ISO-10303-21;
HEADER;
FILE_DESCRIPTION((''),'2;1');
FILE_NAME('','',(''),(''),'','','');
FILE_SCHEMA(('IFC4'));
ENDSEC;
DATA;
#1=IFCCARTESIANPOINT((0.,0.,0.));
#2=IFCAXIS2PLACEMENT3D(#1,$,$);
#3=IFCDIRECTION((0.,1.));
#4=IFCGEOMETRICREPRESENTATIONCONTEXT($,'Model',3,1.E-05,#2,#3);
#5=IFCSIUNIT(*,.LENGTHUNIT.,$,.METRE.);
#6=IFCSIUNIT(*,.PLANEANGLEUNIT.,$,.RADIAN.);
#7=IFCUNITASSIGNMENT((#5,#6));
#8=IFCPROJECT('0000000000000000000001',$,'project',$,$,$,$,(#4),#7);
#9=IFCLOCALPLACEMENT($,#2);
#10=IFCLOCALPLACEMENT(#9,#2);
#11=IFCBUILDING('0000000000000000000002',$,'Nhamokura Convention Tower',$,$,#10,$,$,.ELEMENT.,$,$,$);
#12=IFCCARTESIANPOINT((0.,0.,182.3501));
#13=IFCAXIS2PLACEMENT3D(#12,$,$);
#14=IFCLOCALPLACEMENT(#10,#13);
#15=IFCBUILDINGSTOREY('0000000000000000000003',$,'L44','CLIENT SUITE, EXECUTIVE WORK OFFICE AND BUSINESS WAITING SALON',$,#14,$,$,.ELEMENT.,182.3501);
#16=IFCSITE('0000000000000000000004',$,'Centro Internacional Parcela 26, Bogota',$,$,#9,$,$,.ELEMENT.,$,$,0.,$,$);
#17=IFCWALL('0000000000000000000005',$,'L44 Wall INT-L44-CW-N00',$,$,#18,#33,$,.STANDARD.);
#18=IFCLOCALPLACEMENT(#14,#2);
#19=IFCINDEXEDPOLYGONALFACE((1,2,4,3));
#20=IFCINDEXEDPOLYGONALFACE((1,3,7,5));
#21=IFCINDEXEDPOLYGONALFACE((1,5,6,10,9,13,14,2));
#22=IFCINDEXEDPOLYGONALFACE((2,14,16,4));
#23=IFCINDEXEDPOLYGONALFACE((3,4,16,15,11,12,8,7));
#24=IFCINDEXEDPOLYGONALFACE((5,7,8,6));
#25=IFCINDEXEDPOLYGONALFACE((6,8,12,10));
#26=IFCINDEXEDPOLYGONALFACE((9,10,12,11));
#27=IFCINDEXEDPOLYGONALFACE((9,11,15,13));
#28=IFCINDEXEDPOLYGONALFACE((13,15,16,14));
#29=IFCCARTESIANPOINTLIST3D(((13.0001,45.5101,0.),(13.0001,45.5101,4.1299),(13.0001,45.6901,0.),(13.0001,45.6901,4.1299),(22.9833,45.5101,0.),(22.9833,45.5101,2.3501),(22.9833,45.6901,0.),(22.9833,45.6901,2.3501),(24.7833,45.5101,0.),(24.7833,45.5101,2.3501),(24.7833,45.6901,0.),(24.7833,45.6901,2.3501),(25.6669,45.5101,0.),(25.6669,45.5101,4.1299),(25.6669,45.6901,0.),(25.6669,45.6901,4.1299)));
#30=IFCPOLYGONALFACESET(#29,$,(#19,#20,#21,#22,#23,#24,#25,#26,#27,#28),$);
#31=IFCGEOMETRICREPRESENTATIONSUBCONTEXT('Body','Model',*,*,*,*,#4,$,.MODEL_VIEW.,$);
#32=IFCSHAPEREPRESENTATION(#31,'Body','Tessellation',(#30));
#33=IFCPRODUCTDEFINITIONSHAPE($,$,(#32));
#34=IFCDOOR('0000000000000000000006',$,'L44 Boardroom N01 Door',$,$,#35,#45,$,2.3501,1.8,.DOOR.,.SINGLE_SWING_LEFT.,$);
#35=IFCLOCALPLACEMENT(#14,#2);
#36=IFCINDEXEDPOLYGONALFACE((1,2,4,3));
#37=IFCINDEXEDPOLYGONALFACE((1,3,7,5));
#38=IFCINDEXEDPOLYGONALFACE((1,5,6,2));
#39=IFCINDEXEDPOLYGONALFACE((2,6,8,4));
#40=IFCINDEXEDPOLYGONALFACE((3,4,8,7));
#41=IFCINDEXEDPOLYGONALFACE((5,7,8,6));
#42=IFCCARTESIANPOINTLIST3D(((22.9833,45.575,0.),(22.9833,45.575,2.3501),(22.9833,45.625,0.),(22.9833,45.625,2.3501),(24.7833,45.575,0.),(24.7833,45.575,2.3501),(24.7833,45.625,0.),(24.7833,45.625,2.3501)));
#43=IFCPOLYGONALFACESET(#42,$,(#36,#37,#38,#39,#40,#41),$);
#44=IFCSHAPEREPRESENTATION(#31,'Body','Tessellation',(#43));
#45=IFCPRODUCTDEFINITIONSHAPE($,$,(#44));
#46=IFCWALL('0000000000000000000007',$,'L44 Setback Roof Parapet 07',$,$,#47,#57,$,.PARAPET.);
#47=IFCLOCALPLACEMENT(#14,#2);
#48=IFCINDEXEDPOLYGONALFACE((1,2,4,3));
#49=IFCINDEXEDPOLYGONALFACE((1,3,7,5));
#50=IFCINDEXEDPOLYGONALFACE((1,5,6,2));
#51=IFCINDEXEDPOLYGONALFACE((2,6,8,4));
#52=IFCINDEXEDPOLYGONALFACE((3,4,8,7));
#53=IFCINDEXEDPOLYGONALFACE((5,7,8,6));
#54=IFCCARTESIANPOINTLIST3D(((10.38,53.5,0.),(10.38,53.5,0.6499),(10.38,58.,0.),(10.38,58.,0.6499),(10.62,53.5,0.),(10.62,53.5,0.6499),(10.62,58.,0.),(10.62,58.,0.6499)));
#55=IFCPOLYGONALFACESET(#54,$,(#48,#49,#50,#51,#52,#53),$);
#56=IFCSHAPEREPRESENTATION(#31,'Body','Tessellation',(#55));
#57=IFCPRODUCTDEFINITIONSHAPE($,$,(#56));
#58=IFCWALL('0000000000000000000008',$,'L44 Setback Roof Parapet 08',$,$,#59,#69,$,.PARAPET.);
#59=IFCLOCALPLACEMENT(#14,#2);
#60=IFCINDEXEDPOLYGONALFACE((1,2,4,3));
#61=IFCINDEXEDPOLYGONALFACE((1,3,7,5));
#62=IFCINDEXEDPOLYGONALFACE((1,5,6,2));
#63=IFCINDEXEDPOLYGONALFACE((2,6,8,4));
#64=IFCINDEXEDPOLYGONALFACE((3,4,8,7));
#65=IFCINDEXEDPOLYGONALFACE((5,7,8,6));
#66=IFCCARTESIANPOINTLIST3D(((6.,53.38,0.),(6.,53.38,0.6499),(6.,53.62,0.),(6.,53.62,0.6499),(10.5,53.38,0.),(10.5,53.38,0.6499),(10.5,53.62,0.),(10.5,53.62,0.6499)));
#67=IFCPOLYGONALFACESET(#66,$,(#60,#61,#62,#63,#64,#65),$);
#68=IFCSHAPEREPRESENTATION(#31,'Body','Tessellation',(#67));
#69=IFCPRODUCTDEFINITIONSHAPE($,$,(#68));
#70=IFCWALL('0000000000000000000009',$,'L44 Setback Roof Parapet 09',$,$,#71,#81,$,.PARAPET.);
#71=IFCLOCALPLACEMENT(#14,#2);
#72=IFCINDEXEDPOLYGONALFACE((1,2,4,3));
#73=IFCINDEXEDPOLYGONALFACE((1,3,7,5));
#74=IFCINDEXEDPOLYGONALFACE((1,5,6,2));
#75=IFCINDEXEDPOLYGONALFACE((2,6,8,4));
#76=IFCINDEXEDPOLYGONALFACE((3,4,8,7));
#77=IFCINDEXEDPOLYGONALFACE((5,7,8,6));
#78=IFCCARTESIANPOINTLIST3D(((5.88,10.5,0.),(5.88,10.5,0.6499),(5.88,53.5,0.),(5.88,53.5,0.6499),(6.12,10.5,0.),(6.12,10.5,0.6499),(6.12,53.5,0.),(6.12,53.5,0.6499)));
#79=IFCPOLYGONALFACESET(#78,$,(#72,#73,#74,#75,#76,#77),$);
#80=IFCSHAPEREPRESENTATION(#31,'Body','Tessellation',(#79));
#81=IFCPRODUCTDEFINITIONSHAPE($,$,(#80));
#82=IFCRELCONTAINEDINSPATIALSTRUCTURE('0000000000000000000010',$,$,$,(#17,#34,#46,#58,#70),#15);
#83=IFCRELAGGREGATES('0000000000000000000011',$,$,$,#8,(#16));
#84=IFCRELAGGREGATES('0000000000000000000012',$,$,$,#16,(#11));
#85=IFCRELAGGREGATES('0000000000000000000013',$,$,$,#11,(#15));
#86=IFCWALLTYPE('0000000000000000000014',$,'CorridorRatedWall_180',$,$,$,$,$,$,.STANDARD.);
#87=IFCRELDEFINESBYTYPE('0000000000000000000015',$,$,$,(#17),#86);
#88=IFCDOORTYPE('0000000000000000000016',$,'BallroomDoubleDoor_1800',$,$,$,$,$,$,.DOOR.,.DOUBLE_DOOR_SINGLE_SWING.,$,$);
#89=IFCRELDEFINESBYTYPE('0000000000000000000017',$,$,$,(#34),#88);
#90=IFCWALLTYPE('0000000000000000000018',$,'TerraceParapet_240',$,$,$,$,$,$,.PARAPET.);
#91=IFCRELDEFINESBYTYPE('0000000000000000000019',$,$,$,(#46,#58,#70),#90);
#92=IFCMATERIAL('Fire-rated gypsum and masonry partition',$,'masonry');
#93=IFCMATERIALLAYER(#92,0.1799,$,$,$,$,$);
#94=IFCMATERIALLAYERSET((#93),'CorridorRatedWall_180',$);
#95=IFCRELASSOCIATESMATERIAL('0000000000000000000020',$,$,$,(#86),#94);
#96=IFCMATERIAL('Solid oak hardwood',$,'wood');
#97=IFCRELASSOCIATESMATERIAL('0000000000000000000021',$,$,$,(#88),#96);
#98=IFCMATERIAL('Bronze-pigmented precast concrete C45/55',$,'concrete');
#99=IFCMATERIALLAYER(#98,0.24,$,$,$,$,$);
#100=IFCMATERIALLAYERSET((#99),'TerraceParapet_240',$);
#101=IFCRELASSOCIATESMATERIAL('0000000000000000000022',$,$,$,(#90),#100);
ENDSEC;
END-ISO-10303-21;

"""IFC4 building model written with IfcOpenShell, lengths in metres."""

from ifc_helpers import new_model, si_unit, direction, frame, frame_2d, origin, place, context, subcontext, project, spatial, rectangle, extrude, material, layer, layer_set, type_object, element, fill, save


model = new_model("IFC4")

# Units and contexts
model_context = context("Model", 3, precision=1e-05, world=origin(), true_north=direction((0.0, 1.0)))
body_context = subcontext(model_context, "Body", "Model", "MODEL_VIEW")
ifc_project = project(units=[si_unit("LENGTHUNIT", "METRE"), si_unit("PLANEANGLEUNIT", "RADIAN")], contexts=[model_context])

# Site, building, storey
site_placement = place(None, origin())
site = spatial("IfcSite", under=ifc_project, at=site_placement, Name="Centro Internacional Parcela 26, Bogota", CompositionType="ELEMENT", RefElevation=0.0)
building_placement = place(site_placement, origin())
building = spatial("IfcBuilding", under=site, at=building_placement, Name="Nhamokura Convention Tower", CompositionType="ELEMENT")
storey_placement = place(building_placement, frame((0.0, 0.0, 182.3501)))
storey = spatial("IfcBuildingStorey", under=building, at=storey_placement, Name="L44", Description="CLIENT SUITE, EXECUTIVE WORK OFFICE AND BUSINESS WAITING SALON", CompositionType="ELEMENT", Elevation=182.3501)

# Wall, opening, door
ifc_material_1 = material(Name="Fire-rated gypsum and masonry partition", Category="masonry")
ifc_layer_1 = layer(ifc_material_1, 0.1799)
ifc_layer_set_1 = layer_set([ifc_layer_1], Name="CorridorRatedWall_180")
wall_type_1 = type_object("IfcWallType", Name="CorridorRatedWall_180", PredefinedType="STANDARD", material=ifc_layer_set_1)
wall_1_placement = place(storey_placement, frame((13.0, 45.6001, 0.0), z_axis=(0.0, 0.0, 1.0), x_axis=(1.0, 0.0, 0.0)))
wall_1 = element("IfcWall", 1, at=wall_1_placement, inside=storey, type_object=wall_type_1, Name="L44 Wall INT-L44-CW-N00", PredefinedType="STANDARD", context=body_context, shape_type="SweptSolid", body=[
    extrude(rectangle(XDim=12.6667, YDim=0.1799, at=frame_2d((6.3335, 0.0))), origin(), (0.0, 0.0, 1.0), 4.1299),
])
opening_1_placement = place(wall_1_placement, frame((9.9834, 0.0, 0.0)))
opening_1 = element("IfcOpeningElement", 2, at=opening_1_placement, cuts=wall_1, PredefinedType="OPENING", context=body_context, shape_type="SweptSolid", body=[
    extrude(rectangle(XDim=1.8, YDim=2.3501, at=frame_2d((0.8999, 1.175))), frame((0.0, 0.0999, 0.0), z_axis=(0.0, -1.0, 0.0), x_axis=(1.0, 0.0, 0.0)), (0.0, 0.0, 1.0), 0.2),
])
ifc_material_2 = material(Name="Solid oak hardwood", Category="wood")
door_type = type_object("IfcDoorType", Name="BallroomDoubleDoor_1800", OperationType="DOUBLE_DOOR_SINGLE_SWING", PredefinedType="DOOR", material=ifc_material_2)
door_placement = place(opening_1_placement, origin())
door = element("IfcDoor", 3, at=door_placement, inside=storey, type_object=door_type, Name="L44 Boardroom N01 Door", OperationType="SINGLE_SWING_LEFT", OverallHeight=2.3501, OverallWidth=1.8, PredefinedType="DOOR", context=body_context, shape_type="SweptSolid", body=[
    extrude(rectangle(XDim=1.8, YDim=2.3501, at=frame_2d((0.8999, 1.175))), frame((0.0, 0.0249, 0.0), z_axis=(0.0, -1.0, 0.0), x_axis=(1.0, 0.0, 0.0)), (0.0, 0.0, 1.0), 0.05),
])
fill(opening_1, door)

# Walls
ifc_material_3 = material(Name="Bronze-pigmented precast concrete C45/55", Category="concrete")
ifc_layer_2 = layer(ifc_material_3, 0.24)
ifc_layer_set_2 = layer_set([ifc_layer_2], Name="TerraceParapet_240")
wall_type_2 = type_object("IfcWallType", Name="TerraceParapet_240", PredefinedType="PARAPET", material=ifc_layer_set_2)
for number, where, z_axis, x_axis, name in (
    (4, (10.5, 58.0, 0.0), (0.0, 0.0, 1.0), (0.0, -1.0, 0.0), "L44 Setback Roof Parapet 07"),
    (5, (10.5, 53.5, 0.0), (0.0, 0.0, 1.0), (-1.0, 0.0, 0.0), "L44 Setback Roof Parapet 08"),
):
    element("IfcWall", number, at=place(storey_placement, frame(where, z_axis=z_axis, x_axis=x_axis)), inside=storey, type_object=wall_type_2, Name=name, PredefinedType="PARAPET", context=body_context, shape_type="SweptSolid", body=[
        extrude(rectangle(XDim=4.5, YDim=0.24, at=frame_2d((2.25, 0.0))), origin(), (0.0, 0.0, 1.0), 0.6499),
    ])
wall_2_placement = place(storey_placement, frame((6.0, 53.5, 0.0), z_axis=(0.0, 0.0, 1.0), x_axis=(0.0, -1.0, 0.0)))
element("IfcWall", 6, at=wall_2_placement, inside=storey, type_object=wall_type_2, Name="L44 Setback Roof Parapet 09", PredefinedType="PARAPET", context=body_context, shape_type="SweptSolid", body=[
    extrude(rectangle(XDim=43.0, YDim=0.24, at=frame_2d((21.5, 0.0))), origin(), (0.0, 0.0, 1.0), 0.6499),
])

save(model, "model.ifc")
